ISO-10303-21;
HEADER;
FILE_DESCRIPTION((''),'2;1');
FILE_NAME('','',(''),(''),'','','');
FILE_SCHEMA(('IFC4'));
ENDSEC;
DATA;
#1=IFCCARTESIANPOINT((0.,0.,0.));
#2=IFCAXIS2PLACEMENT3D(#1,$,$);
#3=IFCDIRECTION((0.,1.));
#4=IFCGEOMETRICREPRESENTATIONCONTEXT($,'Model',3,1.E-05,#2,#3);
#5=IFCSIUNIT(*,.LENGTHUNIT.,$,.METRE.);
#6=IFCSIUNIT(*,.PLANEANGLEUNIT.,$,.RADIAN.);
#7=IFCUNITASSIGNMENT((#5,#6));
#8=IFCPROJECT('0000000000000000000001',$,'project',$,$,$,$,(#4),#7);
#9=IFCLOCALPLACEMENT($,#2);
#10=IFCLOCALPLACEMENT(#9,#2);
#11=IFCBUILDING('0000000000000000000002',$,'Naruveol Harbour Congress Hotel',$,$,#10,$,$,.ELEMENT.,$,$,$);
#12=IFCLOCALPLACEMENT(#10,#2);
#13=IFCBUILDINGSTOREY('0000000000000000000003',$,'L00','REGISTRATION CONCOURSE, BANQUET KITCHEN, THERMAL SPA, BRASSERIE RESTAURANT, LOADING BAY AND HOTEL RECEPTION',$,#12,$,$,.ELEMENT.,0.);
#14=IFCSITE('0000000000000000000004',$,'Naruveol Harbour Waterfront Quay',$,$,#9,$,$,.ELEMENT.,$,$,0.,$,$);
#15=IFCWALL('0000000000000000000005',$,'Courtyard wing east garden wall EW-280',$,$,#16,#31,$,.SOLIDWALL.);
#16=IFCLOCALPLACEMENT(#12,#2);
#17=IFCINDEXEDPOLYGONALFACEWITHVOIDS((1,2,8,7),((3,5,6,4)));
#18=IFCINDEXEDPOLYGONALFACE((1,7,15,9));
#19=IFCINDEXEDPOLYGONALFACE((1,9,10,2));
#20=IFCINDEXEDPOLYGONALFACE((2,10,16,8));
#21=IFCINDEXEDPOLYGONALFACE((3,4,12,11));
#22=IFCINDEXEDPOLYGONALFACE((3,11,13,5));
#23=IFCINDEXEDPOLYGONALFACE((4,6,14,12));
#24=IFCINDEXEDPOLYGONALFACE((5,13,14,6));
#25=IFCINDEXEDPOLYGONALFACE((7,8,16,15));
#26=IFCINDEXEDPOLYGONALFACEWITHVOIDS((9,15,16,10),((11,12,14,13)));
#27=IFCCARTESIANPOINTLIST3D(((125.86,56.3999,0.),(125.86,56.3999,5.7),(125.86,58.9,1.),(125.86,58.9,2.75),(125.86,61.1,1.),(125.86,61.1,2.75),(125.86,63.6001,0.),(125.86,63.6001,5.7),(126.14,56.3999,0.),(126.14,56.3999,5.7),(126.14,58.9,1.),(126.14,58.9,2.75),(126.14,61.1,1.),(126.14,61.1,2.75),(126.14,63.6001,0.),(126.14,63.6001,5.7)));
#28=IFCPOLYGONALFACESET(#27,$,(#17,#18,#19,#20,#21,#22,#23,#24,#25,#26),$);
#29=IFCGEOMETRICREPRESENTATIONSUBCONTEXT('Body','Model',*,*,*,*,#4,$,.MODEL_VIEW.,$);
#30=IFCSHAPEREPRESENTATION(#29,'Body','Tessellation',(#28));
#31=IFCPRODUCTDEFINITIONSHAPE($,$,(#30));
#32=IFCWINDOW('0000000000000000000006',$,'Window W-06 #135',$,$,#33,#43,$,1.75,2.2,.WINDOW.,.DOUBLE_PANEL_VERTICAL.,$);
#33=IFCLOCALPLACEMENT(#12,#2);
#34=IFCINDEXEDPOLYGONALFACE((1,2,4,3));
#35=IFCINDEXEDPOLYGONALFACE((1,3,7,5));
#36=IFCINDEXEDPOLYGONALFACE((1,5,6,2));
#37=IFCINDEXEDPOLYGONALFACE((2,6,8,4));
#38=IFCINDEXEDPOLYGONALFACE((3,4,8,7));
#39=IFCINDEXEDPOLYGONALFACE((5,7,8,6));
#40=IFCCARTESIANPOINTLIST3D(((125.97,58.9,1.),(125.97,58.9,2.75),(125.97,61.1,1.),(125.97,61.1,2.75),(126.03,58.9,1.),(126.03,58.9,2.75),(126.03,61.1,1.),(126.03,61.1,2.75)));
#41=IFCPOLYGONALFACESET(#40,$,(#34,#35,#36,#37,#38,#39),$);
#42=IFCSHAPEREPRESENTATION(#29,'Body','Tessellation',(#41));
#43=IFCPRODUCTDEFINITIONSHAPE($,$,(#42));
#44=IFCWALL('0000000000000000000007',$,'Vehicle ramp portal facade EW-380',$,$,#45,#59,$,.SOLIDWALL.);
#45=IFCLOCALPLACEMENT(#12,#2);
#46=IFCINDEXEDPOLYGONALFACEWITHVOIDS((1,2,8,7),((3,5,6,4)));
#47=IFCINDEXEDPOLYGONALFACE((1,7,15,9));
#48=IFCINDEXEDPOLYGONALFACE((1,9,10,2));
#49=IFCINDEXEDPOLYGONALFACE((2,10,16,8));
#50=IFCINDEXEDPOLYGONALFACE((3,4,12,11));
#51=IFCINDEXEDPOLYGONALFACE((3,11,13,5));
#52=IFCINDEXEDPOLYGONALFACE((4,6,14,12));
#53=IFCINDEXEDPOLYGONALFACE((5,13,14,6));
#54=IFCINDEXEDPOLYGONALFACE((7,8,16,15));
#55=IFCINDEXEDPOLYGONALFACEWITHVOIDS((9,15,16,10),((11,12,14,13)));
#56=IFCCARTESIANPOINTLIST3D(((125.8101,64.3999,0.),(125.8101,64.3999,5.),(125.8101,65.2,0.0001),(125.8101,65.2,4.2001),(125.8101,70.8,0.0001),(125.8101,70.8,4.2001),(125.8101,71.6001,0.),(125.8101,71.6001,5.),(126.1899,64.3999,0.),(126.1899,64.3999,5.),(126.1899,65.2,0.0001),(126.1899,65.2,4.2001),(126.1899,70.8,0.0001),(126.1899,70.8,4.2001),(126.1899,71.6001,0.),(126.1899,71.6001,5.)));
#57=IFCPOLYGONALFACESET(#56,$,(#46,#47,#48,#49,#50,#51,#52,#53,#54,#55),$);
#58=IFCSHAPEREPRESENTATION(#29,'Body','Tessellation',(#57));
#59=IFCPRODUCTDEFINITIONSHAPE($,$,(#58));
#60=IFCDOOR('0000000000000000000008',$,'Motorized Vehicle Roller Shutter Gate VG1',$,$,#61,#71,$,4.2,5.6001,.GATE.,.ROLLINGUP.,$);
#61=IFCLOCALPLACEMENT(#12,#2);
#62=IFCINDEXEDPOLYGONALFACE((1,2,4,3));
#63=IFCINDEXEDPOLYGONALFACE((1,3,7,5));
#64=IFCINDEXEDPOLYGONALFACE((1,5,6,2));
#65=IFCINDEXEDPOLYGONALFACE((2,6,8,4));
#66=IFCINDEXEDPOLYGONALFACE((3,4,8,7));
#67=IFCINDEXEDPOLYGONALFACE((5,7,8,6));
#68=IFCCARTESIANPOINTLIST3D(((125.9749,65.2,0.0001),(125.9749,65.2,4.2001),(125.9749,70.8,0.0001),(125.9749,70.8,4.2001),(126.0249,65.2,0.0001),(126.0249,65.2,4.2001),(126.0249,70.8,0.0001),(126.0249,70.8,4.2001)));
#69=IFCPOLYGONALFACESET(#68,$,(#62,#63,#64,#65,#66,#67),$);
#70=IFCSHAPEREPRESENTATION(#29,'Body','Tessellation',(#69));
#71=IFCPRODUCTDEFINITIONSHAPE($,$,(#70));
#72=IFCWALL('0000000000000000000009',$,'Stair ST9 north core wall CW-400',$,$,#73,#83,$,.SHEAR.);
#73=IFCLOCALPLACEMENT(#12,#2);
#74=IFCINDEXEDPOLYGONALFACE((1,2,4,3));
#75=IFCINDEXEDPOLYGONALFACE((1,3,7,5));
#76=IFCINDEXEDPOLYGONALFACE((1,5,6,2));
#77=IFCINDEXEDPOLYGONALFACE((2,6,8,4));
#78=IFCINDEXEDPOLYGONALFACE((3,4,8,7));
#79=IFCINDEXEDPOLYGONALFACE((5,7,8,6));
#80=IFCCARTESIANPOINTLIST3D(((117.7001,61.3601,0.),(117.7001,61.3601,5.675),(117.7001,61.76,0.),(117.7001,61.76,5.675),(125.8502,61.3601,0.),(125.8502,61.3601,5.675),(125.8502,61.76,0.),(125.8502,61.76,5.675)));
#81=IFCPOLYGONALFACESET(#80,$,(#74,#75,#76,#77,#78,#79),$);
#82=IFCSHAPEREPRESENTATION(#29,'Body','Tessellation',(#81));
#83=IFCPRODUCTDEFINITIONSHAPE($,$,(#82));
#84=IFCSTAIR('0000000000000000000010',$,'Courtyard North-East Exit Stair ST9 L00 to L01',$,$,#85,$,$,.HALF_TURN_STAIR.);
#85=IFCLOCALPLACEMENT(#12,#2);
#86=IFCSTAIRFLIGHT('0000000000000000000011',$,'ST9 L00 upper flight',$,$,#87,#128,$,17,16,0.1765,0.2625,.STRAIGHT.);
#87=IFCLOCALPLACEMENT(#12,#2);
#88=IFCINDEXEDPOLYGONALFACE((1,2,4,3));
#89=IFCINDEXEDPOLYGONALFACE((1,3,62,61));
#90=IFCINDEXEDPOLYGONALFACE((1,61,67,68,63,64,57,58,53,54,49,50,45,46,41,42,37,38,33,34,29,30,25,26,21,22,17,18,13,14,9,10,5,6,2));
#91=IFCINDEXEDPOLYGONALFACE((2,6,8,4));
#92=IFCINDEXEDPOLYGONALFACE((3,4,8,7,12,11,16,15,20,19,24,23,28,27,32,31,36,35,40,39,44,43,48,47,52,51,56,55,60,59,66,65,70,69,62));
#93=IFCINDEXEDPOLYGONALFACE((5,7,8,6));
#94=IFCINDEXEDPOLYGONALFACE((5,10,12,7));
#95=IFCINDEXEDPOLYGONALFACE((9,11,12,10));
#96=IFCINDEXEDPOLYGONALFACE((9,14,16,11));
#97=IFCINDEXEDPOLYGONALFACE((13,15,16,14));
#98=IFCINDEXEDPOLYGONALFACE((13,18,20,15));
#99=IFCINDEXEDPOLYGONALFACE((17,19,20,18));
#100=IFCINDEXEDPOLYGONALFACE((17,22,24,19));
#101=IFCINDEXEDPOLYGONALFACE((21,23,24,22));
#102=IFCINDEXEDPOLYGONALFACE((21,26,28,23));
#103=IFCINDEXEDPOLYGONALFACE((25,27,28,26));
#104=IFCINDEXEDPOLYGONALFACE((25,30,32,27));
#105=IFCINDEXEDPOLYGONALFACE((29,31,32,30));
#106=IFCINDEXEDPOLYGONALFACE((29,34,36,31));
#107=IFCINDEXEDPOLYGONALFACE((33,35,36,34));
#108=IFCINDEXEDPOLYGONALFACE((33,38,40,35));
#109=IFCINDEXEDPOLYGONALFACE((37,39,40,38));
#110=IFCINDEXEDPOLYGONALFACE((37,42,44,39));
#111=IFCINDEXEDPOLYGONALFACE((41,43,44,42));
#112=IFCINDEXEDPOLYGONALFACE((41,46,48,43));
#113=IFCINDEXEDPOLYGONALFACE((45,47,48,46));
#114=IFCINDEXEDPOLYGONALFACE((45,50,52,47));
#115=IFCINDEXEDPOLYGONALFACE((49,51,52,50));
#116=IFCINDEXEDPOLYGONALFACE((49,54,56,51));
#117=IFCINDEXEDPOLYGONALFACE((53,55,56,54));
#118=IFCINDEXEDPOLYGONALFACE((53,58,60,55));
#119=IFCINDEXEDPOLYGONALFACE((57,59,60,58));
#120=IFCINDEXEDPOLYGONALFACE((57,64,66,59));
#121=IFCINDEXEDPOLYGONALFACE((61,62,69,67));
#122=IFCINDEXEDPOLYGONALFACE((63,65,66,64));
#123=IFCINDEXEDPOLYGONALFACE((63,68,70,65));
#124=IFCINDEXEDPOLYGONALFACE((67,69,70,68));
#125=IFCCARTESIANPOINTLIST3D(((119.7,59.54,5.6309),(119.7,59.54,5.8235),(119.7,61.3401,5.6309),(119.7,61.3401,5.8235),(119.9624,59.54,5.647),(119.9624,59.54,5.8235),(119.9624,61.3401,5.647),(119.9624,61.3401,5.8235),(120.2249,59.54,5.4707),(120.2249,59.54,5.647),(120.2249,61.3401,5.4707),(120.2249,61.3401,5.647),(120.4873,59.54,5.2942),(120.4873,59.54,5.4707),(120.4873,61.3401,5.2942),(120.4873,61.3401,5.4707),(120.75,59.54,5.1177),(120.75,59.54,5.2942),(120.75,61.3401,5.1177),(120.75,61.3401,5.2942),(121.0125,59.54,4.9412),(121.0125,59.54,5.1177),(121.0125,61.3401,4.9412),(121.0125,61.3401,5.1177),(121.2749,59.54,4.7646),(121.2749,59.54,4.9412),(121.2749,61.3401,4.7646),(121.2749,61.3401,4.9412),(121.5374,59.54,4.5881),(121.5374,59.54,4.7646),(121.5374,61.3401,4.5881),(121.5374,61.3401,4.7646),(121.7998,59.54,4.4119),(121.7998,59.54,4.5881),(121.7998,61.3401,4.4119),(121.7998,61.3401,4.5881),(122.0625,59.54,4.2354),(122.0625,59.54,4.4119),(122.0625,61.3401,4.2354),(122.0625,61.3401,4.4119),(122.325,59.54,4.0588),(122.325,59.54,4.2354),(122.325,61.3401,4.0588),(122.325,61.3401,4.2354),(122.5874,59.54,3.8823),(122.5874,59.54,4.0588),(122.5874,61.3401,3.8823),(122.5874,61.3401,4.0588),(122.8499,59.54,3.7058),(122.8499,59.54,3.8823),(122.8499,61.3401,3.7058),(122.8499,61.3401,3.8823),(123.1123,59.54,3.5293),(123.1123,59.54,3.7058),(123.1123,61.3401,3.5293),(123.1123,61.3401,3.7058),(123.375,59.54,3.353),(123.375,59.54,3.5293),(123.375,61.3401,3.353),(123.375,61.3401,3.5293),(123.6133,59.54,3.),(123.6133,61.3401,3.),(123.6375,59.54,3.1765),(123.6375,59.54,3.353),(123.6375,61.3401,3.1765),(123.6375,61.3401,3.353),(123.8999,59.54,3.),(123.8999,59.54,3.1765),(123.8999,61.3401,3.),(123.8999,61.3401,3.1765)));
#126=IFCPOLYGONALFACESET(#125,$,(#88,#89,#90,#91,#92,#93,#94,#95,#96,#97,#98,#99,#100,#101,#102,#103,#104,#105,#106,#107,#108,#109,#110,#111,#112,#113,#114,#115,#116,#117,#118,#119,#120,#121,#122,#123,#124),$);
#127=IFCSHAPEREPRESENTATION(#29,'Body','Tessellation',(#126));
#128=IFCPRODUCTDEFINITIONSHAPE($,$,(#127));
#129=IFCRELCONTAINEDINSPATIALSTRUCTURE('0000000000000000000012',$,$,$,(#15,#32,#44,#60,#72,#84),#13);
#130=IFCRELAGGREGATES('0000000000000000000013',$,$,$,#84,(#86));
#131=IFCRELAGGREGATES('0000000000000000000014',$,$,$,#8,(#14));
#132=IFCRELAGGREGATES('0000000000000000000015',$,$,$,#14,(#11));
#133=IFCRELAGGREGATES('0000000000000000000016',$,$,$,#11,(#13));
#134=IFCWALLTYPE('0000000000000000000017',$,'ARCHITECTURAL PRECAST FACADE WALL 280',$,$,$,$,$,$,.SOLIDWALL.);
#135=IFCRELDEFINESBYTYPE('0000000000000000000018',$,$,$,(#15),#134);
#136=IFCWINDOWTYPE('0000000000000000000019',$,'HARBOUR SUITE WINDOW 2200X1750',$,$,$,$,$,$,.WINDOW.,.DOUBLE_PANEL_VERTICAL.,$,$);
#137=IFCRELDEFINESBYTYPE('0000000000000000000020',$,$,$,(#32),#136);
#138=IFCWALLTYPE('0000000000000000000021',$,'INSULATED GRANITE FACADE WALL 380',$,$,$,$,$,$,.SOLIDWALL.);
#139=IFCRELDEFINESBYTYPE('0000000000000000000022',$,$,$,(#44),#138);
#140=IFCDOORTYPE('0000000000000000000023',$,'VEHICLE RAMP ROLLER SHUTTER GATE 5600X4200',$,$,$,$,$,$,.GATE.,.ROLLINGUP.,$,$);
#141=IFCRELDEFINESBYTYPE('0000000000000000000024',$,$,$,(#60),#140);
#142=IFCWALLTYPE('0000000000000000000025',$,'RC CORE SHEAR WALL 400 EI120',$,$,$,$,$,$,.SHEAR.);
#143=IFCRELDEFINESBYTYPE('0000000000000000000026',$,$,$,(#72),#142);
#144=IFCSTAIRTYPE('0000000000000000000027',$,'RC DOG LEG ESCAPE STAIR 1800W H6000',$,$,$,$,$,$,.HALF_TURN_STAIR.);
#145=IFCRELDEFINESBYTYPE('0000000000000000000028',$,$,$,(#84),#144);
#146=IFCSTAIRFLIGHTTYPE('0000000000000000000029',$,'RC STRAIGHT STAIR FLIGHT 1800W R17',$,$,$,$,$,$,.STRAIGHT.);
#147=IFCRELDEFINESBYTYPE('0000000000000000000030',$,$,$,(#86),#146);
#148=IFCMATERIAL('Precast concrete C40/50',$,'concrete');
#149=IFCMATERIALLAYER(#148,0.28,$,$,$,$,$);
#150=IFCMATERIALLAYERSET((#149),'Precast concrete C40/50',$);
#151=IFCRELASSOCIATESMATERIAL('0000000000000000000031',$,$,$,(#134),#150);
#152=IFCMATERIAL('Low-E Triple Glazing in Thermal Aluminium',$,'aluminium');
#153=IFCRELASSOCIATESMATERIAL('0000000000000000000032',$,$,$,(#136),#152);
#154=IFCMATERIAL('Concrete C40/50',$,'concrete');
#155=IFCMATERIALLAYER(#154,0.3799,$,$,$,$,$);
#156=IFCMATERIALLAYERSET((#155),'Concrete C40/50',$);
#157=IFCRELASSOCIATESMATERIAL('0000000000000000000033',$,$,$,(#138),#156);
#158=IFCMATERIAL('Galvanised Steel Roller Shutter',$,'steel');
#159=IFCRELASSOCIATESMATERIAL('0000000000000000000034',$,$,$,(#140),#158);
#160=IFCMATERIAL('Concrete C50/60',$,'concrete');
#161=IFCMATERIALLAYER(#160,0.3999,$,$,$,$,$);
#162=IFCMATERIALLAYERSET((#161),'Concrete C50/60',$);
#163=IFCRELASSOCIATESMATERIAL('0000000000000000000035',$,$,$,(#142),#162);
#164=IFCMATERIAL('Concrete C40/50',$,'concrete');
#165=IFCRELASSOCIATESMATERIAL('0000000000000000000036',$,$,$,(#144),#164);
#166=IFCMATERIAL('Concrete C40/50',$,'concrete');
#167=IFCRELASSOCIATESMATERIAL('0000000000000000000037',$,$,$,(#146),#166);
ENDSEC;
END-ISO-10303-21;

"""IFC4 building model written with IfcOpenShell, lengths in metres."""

from ifc_helpers import new_model, si_unit, direction, frame, frame_2d, origin, place, context, subcontext, project, spatial, polyline, rectangle, outline, extrude, material, layer, layer_set, type_object, element, fill, aggregate, save


model = new_model("IFC4")

# Units and contexts
model_context = context("Model", 3, precision=1e-05, world=origin(), true_north=direction((0.0, 1.0)))
body_context = subcontext(model_context, "Body", "Model", "MODEL_VIEW")
ifc_project = project(units=[si_unit("LENGTHUNIT", "METRE"), si_unit("PLANEANGLEUNIT", "RADIAN")], contexts=[model_context])

# Site, building, storey
site_placement = place(None, origin())
site = spatial("IfcSite", under=ifc_project, at=site_placement, Name="Naruveol Harbour Waterfront Quay", CompositionType="ELEMENT", RefElevation=0.0)
building_placement = place(site_placement, origin())
building = spatial("IfcBuilding", under=site, at=building_placement, Name="Naruveol Harbour Congress Hotel", CompositionType="ELEMENT")
storey_placement = place(building_placement, origin())
storey = spatial("IfcBuildingStorey", under=building, at=storey_placement, Name="L00", Description="REGISTRATION CONCOURSE, BANQUET KITCHEN, THERMAL SPA, BRASSERIE RESTAURANT, LOADING BAY AND HOTEL RECEPTION", CompositionType="ELEMENT", Elevation=0.0)

# Wall, opening, window
ifc_material_1 = material(Name="Precast concrete C40/50", Category="concrete")
ifc_layer_1 = layer(ifc_material_1, 0.28)
ifc_layer_set_1 = layer_set([ifc_layer_1], Name="Precast concrete C40/50")
wall_type_1 = type_object("IfcWallType", Name="ARCHITECTURAL PRECAST FACADE WALL 280", PredefinedType="SOLIDWALL", material=ifc_layer_set_1)
wall_1_placement = place(storey_placement, frame((126.0, 63.6001, 0.0), z_axis=(0.0, 0.0, 1.0), x_axis=(0.0, -1.0, 0.0)))
wall_1 = element("IfcWall", 1, at=wall_1_placement, inside=storey, type_object=wall_type_1, Name="Courtyard wing east garden wall EW-280", PredefinedType="SOLIDWALL", context=body_context, shape_type="SweptSolid", body=[
    extrude(rectangle(XDim=7.2002, YDim=0.28, at=frame_2d((3.6001, 0.0))), origin(), (0.0, 0.0, 1.0), 5.7),
])
opening_1_placement = place(wall_1_placement, frame((2.5, 0.0, 1.0)))
opening_1 = element("IfcOpeningElement", 2, at=opening_1_placement, cuts=wall_1, PredefinedType="OPENING", context=body_context, shape_type="SweptSolid", body=[
    extrude(rectangle(XDim=2.2, YDim=1.75, at=frame_2d((1.1001, 0.875))), frame((0.0, 0.1499, 0.0), z_axis=(0.0, -1.0, 0.0), x_axis=(1.0, 0.0, 0.0)), (0.0, 0.0, 1.0), 0.3),
])
ifc_material_2 = material(Name="Low-E Triple Glazing in Thermal Aluminium", Category="aluminium")
window_type = type_object("IfcWindowType", Name="HARBOUR SUITE WINDOW 2200X1750", PartitioningType="DOUBLE_PANEL_VERTICAL", PredefinedType="WINDOW", material=ifc_material_2)
window_placement = place(opening_1_placement, origin())
window = element("IfcWindow", 3, at=window_placement, inside=storey, type_object=window_type, Name="Window W-06 #135", OverallHeight=1.75, OverallWidth=2.2, PartitioningType="DOUBLE_PANEL_VERTICAL", PredefinedType="WINDOW", context=body_context, shape_type="SweptSolid", body=[
    extrude(rectangle(XDim=2.2, YDim=1.75, at=frame_2d((1.1001, 0.875))), frame((0.0, 0.03, 0.0), z_axis=(0.0, -1.0, 0.0), x_axis=(1.0, 0.0, 0.0)), (0.0, 0.0, 1.0), 0.0601),
])
fill(opening_1, window)

# Wall, opening, door
ifc_material_3 = material(Name="Concrete C40/50", Category="concrete")
ifc_layer_2 = layer(ifc_material_3, 0.3799)
ifc_layer_set_2 = layer_set([ifc_layer_2], Name="Concrete C40/50")
wall_type_2 = type_object("IfcWallType", Name="INSULATED GRANITE FACADE WALL 380", PredefinedType="SOLIDWALL", material=ifc_layer_set_2)
wall_2_placement = place(storey_placement, frame((126.0, 71.6001, 0.0), z_axis=(0.0, 0.0, 1.0), x_axis=(0.0, -1.0, 0.0)))
wall_2 = element("IfcWall", 4, at=wall_2_placement, inside=storey, type_object=wall_type_2, Name="Vehicle ramp portal facade EW-380", PredefinedType="SOLIDWALL", context=body_context, shape_type="SweptSolid", body=[
    extrude(rectangle(XDim=7.2002, YDim=0.3799, at=frame_2d((3.6001, 0.0))), origin(), (0.0, 0.0, 1.0), 5.0),
])
opening_2_placement = place(wall_2_placement, frame((0.8, 0.0, 0.0)))
opening_2 = element("IfcOpeningElement", 5, at=opening_2_placement, cuts=wall_2, PredefinedType="OPENING", context=body_context, shape_type="SweptSolid", body=[
    extrude(rectangle(XDim=5.6001, YDim=4.2, at=frame_2d((2.8, 2.1001))), frame((0.0, 0.2, 0.0), z_axis=(0.0, -1.0, 0.0), x_axis=(1.0, 0.0, 0.0)), (0.0, 0.0, 1.0), 0.3999),
])
ifc_material_4 = material(Name="Galvanised Steel Roller Shutter", Category="steel")
door_type = type_object("IfcDoorType", Name="VEHICLE RAMP ROLLER SHUTTER GATE 5600X4200", OperationType="ROLLINGUP", PredefinedType="GATE", material=ifc_material_4)
door_placement = place(opening_2_placement, origin())
door = element("IfcDoor", 6, at=door_placement, inside=storey, type_object=door_type, Name="Motorized Vehicle Roller Shutter Gate VG1", OperationType="ROLLINGUP", OverallHeight=4.2, OverallWidth=5.6001, PredefinedType="GATE", context=body_context, shape_type="SweptSolid", body=[
    extrude(rectangle(XDim=5.6001, YDim=4.2, at=frame_2d((2.8, 2.1001))), frame((0.0, 0.0249, 0.0), z_axis=(0.0, -1.0, 0.0), x_axis=(1.0, 0.0, 0.0)), (0.0, 0.0, 1.0), 0.05),
])
fill(opening_2, door)

# Wall
ifc_material_5 = material(Name="Concrete C50/60", Category="concrete")
ifc_layer_3 = layer(ifc_material_5, 0.3999)
ifc_layer_set_3 = layer_set([ifc_layer_3], Name="Concrete C50/60")
wall_type_3 = type_object("IfcWallType", Name="RC CORE SHEAR WALL 400 EI120", PredefinedType="SHEAR", material=ifc_layer_set_3)
wall_3_placement = place(storey_placement, frame((117.7, 61.5601, 0.0), z_axis=(0.0, 0.0, 1.0), x_axis=(1.0, 0.0, 0.0)))
element("IfcWall", 7, at=wall_3_placement, inside=storey, type_object=wall_type_3, Name="Stair ST9 north core wall CW-400", PredefinedType="SHEAR", context=body_context, shape_type="SweptSolid", body=[
    extrude(rectangle(XDim=8.1501, YDim=0.3999, at=frame_2d((4.0752, 0.0))), origin(), (0.0, 0.0, 1.0), 5.675),
])

# Stair, stair flight
ifc_material_6 = material(Name="Concrete C40/50", Category="concrete")
stair_type = type_object("IfcStairType", Name="RC DOG LEG ESCAPE STAIR 1800W H6000", PredefinedType="HALF_TURN_STAIR", material=ifc_material_6)
stair_placement = place(storey_placement, origin())
stair = element("IfcStair", 8, at=stair_placement, inside=storey, type_object=stair_type, Name="Courtyard North-East Exit Stair ST9 L00 to L01", PredefinedType="HALF_TURN_STAIR")
ifc_material_7 = material(Name="Concrete C40/50", Category="concrete")
stair_flight_type = type_object("IfcStairFlightType", Name="RC STRAIGHT STAIR FLIGHT 1800W R17", PredefinedType="STRAIGHT", material=ifc_material_7)
stair_flight_placement = place(storey_placement, frame((123.8999, 60.4399, 3.0), z_axis=(0.0, 0.0, 1.0), x_axis=(-1.0, 0.0, 0.0)))
stair_flight = element("IfcStairFlight", 9, at=stair_flight_placement, type_object=stair_flight_type, Name="ST9 L00 upper flight", NumberOfRisers=17, NumberOfTreads=16, PredefinedType="STRAIGHT", RiserHeight=0.1765, TreadLength=0.2625, context=body_context, shape_type="SweptSolid", body=[
    extrude(outline(polyline([(0.0, 0.0), (0.0, 0.1765), (0.2625, 0.1765), (0.2625, 0.353), (0.5249, 0.353), (0.5249, 0.5293), (0.7876, 0.5293), (0.7876, 0.7058), (1.05, 0.7058), (1.05, 0.8823), (1.3125, 0.8823), (1.3125, 1.0588), (1.575, 1.0588), (1.575, 1.2354), (1.8374, 1.2354), (1.8374, 1.4119), (2.1001, 1.4119), (2.1001, 1.5881), (2.3625, 1.5881), (2.3625, 1.7646), (2.625, 1.7646), (2.625, 1.9412), (2.8875, 1.9412), (2.8875, 2.1177), (3.1499, 2.1177), (3.1499, 2.2942), (3.4126, 2.2942), (3.4126, 2.4707), (3.675, 2.4707), (3.675, 2.647), (3.9375, 2.647), (3.9375, 2.8235), (4.2, 2.8235), (4.2, 3.0), (4.2, 2.6309), (0.2866, 0.0), (0.0, 0.0)])), frame((0.0, 0.8999, 0.0), z_axis=(0.0, -1.0, 0.0), x_axis=(1.0, 0.0, 0.0)), (0.0, 0.0, 1.0), 1.8),
])
aggregate(stair, [stair_flight])

save(model, "model.ifc")
